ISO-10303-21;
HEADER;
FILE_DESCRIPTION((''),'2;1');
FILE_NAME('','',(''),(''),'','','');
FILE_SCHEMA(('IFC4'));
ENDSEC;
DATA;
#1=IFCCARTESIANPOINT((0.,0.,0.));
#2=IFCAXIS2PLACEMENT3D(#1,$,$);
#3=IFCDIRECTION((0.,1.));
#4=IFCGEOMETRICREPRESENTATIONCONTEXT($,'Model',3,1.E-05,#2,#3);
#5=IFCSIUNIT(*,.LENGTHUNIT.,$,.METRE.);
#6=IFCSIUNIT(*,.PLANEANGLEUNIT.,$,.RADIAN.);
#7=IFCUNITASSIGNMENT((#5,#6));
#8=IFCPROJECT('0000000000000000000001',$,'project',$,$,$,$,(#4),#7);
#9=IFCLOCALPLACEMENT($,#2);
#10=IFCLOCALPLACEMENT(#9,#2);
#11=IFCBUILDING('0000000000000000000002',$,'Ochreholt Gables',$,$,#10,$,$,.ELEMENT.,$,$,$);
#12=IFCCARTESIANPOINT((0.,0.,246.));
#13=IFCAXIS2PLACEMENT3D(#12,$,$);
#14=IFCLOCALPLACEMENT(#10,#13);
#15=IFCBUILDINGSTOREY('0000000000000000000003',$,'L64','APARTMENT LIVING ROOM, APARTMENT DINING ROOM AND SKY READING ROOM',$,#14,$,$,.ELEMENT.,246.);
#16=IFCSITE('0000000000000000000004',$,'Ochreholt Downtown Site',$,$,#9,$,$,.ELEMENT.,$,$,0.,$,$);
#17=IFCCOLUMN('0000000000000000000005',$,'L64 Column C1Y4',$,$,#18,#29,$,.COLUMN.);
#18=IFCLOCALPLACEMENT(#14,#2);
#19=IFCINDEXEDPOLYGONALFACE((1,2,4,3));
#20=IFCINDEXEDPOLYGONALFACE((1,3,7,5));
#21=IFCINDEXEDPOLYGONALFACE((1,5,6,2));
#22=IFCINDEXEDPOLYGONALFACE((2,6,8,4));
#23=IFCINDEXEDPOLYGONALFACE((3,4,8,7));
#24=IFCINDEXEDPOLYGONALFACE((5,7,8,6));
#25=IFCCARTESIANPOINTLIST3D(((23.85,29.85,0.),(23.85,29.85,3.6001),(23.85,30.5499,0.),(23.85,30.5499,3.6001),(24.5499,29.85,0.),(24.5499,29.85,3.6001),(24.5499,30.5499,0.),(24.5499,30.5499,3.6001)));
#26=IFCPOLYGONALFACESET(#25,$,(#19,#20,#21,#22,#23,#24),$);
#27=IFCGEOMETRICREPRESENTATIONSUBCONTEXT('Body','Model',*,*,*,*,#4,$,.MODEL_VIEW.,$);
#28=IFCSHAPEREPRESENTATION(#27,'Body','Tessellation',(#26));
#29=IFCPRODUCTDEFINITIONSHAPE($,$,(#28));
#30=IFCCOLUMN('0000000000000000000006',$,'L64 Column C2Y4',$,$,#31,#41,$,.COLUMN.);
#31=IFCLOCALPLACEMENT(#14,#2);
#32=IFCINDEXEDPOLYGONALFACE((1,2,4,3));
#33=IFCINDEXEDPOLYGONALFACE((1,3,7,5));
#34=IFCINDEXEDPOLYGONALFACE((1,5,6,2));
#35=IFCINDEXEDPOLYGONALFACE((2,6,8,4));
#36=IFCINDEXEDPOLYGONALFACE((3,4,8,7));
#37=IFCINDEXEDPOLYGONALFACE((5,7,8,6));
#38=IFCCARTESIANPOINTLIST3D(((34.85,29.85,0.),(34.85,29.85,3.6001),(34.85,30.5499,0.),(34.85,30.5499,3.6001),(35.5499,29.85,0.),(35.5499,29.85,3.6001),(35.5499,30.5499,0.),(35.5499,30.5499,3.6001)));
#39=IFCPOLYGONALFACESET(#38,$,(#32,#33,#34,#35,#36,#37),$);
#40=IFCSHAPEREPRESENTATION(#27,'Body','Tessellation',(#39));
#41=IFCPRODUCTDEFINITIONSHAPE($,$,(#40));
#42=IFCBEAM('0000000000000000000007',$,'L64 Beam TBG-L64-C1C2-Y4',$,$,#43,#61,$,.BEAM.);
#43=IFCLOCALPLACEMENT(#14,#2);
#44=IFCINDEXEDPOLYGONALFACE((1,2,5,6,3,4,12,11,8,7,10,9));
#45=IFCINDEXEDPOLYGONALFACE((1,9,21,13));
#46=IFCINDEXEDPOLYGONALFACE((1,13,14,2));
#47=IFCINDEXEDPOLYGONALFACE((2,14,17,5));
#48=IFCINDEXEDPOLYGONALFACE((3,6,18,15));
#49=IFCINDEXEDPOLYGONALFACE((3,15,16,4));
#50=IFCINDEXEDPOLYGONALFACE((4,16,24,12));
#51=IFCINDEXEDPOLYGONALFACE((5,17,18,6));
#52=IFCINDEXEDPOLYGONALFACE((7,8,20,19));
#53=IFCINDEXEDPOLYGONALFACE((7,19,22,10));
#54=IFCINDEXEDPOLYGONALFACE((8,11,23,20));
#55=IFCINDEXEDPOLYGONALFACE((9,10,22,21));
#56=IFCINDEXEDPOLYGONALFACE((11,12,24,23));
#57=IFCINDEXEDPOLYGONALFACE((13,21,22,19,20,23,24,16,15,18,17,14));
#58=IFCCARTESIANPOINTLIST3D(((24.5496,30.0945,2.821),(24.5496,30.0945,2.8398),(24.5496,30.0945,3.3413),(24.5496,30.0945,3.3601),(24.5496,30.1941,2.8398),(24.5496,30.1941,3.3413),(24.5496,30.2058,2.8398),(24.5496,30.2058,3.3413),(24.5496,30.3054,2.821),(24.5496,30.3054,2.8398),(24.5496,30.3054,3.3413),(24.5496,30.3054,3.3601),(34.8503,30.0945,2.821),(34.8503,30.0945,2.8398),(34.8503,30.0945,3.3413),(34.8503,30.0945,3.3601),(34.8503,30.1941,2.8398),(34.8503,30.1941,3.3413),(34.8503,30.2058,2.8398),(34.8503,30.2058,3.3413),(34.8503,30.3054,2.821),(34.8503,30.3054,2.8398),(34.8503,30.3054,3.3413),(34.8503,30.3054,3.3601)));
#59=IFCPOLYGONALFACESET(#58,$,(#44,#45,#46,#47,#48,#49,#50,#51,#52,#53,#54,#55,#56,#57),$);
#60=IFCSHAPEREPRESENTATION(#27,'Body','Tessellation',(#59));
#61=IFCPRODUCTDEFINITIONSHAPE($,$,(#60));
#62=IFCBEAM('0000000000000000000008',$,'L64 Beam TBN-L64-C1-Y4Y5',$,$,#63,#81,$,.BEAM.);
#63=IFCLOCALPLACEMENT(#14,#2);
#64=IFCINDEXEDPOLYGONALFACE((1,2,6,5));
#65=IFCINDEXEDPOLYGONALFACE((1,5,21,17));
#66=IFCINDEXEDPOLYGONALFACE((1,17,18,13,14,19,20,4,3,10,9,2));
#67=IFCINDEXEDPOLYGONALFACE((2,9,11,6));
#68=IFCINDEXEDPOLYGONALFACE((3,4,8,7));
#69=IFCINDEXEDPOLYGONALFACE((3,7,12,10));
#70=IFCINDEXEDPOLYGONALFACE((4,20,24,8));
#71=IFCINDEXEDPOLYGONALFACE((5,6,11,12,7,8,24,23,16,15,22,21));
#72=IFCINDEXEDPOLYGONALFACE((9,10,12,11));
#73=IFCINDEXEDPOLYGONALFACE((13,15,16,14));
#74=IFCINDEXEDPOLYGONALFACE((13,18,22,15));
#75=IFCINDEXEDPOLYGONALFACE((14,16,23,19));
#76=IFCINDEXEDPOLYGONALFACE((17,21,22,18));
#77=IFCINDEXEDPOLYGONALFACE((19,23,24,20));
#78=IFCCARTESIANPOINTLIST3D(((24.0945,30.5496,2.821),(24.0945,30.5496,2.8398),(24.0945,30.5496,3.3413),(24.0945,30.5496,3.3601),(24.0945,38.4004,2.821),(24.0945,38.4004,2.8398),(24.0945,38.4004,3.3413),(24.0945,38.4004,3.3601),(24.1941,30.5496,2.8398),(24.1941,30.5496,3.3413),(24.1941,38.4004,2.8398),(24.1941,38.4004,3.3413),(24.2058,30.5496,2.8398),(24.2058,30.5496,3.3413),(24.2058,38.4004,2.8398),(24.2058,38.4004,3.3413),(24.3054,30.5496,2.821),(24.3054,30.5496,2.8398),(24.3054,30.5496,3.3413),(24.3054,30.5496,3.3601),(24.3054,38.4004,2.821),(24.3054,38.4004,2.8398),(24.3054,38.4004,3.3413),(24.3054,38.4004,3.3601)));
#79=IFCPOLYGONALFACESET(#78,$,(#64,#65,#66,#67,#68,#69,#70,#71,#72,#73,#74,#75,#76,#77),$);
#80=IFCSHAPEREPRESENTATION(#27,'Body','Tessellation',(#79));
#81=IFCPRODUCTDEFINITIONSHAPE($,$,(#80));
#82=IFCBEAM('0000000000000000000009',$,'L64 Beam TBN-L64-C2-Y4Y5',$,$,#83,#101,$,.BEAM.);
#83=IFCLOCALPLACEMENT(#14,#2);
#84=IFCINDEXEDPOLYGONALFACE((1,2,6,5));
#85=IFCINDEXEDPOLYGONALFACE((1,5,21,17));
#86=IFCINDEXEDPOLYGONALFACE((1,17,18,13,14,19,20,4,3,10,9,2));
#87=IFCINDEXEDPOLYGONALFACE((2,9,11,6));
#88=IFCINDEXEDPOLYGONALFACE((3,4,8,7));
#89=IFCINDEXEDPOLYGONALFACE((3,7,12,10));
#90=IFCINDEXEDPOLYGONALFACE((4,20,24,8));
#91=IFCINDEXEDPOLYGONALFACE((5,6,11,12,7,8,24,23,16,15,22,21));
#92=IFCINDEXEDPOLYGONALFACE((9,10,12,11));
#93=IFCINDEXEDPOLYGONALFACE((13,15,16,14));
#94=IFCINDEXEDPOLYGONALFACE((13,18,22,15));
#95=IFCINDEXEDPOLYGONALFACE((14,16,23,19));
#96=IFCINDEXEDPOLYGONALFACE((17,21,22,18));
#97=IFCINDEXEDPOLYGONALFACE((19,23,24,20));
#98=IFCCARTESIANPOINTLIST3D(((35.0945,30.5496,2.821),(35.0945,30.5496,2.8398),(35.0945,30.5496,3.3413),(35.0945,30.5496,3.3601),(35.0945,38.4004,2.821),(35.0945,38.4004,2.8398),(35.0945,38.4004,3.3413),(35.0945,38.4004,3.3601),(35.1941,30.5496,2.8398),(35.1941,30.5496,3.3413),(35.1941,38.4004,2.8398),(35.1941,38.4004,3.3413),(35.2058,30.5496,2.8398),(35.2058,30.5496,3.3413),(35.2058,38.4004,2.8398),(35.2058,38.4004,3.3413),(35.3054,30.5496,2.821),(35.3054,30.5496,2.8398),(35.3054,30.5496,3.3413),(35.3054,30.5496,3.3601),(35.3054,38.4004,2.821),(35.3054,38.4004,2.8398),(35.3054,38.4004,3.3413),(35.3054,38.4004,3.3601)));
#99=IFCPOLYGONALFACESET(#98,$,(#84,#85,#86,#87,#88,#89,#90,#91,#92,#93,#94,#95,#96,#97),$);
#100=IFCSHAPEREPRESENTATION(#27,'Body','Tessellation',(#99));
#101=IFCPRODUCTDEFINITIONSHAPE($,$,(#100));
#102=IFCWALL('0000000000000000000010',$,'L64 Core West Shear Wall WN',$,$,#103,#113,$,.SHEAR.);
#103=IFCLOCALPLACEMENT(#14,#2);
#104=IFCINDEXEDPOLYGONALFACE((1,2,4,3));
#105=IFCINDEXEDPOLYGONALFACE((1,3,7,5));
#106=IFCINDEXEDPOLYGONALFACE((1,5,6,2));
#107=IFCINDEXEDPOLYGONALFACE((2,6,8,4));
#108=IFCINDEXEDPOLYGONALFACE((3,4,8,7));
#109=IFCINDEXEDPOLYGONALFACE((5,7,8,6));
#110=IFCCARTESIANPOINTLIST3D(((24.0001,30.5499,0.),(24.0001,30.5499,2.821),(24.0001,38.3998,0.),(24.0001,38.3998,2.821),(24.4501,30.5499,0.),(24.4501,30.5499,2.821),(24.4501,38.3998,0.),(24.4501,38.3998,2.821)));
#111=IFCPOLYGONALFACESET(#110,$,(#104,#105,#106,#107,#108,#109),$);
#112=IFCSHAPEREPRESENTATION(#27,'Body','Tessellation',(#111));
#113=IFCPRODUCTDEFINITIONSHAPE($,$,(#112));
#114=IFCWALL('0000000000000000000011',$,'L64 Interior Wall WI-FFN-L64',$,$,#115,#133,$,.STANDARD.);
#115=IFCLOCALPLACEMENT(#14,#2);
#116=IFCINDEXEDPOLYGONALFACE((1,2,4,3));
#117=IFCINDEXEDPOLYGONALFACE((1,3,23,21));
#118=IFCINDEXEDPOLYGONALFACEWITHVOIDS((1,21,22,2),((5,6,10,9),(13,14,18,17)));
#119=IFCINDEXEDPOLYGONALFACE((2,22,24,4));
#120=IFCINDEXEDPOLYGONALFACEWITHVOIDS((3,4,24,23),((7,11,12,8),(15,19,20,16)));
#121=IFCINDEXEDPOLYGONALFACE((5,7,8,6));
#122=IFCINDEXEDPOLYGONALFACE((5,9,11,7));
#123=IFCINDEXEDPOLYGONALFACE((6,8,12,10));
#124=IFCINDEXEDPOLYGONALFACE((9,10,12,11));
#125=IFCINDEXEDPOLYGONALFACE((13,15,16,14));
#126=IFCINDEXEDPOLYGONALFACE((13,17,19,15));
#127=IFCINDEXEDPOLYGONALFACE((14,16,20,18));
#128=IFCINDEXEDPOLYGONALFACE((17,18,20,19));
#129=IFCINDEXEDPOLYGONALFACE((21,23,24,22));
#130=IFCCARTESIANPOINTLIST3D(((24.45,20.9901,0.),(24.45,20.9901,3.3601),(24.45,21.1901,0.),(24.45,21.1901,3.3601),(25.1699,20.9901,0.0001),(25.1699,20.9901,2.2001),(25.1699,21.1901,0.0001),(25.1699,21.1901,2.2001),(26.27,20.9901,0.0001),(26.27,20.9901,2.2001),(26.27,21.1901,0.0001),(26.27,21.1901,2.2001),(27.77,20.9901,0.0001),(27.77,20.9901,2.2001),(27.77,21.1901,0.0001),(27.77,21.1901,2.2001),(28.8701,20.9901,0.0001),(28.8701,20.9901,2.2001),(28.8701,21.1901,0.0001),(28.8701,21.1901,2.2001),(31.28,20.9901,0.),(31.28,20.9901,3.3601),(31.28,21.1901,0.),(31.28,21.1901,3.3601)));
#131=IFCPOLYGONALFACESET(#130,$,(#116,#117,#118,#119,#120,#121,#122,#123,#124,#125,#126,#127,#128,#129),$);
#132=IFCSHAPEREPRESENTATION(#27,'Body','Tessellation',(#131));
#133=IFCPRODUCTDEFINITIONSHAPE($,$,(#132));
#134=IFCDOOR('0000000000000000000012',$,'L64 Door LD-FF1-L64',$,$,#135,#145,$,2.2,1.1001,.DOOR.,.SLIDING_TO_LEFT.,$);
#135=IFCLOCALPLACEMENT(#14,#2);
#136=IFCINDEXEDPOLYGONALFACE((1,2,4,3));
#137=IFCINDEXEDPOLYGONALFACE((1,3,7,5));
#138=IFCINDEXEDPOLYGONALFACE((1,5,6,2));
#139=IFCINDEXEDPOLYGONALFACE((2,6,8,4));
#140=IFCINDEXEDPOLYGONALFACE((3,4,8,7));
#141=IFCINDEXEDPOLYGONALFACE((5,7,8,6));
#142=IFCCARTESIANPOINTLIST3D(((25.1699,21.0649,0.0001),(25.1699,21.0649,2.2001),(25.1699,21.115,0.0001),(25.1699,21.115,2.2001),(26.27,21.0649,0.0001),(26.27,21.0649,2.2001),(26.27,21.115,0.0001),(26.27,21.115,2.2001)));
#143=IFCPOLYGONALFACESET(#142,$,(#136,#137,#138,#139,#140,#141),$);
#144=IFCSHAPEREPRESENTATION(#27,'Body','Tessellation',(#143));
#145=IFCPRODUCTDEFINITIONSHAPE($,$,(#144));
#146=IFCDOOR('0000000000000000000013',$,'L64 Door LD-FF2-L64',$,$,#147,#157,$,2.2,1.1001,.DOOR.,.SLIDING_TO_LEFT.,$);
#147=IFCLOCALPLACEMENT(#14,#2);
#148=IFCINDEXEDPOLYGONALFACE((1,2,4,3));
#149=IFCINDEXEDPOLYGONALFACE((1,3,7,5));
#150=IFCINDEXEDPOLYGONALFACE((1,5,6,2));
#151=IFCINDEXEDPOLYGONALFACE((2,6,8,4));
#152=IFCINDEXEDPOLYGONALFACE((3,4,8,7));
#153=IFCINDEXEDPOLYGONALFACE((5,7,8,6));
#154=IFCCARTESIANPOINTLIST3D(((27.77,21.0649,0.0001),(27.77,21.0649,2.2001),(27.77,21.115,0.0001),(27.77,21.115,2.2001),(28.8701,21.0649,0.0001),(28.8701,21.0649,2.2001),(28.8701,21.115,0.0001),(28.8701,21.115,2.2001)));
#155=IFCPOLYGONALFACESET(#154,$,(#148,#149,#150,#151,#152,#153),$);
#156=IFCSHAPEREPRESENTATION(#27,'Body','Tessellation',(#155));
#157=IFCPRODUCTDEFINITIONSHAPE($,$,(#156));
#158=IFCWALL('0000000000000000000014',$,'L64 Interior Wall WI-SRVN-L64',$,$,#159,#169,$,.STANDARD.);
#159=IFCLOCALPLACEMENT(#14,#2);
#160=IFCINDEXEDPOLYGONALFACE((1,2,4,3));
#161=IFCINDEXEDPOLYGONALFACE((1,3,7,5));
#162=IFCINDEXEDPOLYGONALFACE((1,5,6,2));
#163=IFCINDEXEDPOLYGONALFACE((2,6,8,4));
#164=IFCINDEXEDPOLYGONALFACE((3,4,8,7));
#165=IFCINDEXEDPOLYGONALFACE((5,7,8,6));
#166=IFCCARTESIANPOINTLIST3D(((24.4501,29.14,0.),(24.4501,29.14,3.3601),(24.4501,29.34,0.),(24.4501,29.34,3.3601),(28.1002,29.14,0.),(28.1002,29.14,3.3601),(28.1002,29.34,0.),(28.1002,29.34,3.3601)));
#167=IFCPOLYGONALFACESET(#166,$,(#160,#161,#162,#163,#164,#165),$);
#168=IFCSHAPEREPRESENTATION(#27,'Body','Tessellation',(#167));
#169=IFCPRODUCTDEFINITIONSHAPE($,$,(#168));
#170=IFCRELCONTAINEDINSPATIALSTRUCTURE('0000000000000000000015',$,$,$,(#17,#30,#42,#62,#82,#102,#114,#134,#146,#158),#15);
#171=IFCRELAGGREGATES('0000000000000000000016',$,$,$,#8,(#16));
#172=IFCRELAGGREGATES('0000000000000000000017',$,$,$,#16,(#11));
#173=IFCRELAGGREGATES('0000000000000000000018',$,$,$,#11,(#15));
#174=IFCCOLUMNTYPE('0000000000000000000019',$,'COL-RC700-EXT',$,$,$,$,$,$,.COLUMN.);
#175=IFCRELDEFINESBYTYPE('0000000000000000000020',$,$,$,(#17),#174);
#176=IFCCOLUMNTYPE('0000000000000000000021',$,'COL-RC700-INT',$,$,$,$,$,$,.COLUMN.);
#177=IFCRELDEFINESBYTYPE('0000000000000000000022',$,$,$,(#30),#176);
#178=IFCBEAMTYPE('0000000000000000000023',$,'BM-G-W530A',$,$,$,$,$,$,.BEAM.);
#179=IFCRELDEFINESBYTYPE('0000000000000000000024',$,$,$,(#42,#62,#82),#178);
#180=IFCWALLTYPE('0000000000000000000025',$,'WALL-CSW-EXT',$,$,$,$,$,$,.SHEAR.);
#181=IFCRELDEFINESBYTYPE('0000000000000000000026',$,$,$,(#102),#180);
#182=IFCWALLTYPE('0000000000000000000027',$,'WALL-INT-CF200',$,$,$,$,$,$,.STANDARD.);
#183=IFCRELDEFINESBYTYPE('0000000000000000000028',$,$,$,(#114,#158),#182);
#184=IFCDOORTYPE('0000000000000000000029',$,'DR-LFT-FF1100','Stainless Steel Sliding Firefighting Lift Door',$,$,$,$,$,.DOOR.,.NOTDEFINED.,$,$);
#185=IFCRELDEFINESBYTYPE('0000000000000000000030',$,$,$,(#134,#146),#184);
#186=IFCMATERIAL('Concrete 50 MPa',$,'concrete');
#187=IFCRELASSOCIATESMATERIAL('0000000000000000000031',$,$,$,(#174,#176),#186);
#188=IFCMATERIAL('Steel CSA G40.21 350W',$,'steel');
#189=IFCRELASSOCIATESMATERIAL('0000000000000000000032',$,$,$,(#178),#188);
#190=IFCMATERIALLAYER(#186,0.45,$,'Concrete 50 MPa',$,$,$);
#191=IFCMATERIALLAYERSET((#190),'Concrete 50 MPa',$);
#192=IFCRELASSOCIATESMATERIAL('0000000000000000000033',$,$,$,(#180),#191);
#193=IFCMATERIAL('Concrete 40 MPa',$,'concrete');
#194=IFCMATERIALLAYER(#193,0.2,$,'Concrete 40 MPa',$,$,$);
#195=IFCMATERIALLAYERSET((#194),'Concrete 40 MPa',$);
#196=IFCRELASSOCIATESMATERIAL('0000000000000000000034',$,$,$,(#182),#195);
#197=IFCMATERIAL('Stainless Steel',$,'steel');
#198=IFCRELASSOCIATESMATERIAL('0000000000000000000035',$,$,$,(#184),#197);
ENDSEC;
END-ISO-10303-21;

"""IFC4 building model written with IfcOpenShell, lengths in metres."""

from ifc_helpers import new_model, si_unit, direction, frame, frame_2d, origin, origin_2d, place, context, subcontext, project, spatial, rectangle, i_section, extrude, material, layer, layer_set, material_profile, profile_set, type_object, element, fill, save


model = new_model("IFC4")

# Units and contexts
model_context = context("Model", 3, precision=1e-05, world=origin(), true_north=direction((0.0, 1.0)))
body_context = subcontext(model_context, "Body", "Model", "MODEL_VIEW")
ifc_project = project(units=[si_unit("LENGTHUNIT", "METRE"), si_unit("PLANEANGLEUNIT", "RADIAN")], contexts=[model_context])

# Site, building, storey
site_placement = place(None, origin())
site = spatial("IfcSite", under=ifc_project, at=site_placement, Name="Ochreholt Downtown Site", CompositionType="ELEMENT", RefElevation=0.0)
building_placement = place(site_placement, origin())
building = spatial("IfcBuilding", under=site, at=building_placement, Name="Ochreholt Gables", CompositionType="ELEMENT")
storey_placement = place(building_placement, frame((0.0, 0.0, 246.0)))
storey = spatial("IfcBuildingStorey", under=building, at=storey_placement, Name="L64", Description="APARTMENT LIVING ROOM, APARTMENT DINING ROOM AND SKY READING ROOM", CompositionType="ELEMENT", Elevation=246.0)

# Columns
ifc_material_1 = material(Name="Concrete 50 MPa", Category="concrete")
ifc_material_profile_1 = material_profile(ifc_material_1, rectangle(XDim=0.7, YDim=0.7, at=origin_2d()), Name="RC700X700")
ifc_profile_set_1 = profile_set([ifc_material_profile_1], Name="Concrete 50 MPa")
column_type_1 = type_object("IfcColumnType", Name="COL-RC700-EXT", PredefinedType="COLUMN", material=ifc_profile_set_1)
column_1_placement = place(storey_placement, frame((24.2, 30.2, 0.0), z_axis=(0.0, 0.0, 1.0), x_axis=(1.0, 0.0, 0.0)))
element("IfcColumn", 1, at=column_1_placement, inside=storey, type_object=column_type_1, Name="L64 Column C1Y4", PredefinedType="COLUMN", context=body_context, shape_type="SweptSolid", body=[
    extrude(rectangle(XDim=0.7, YDim=0.7, at=origin_2d()), origin(), (0.0, 0.0, 1.0), 3.6001),
])
ifc_material_profile_2 = material_profile(ifc_material_1, rectangle(XDim=0.7, YDim=0.7, at=origin_2d()), Name="RC700X700")
ifc_profile_set_2 = profile_set([ifc_material_profile_2], Name="Concrete 50 MPa")
column_type_2 = type_object("IfcColumnType", Name="COL-RC700-INT", PredefinedType="COLUMN", material=ifc_profile_set_2)
column_2_placement = place(storey_placement, frame((35.2, 30.2, 0.0), z_axis=(0.0, 0.0, 1.0), x_axis=(1.0, 0.0, 0.0)))
element("IfcColumn", 2, at=column_2_placement, inside=storey, type_object=column_type_2, Name="L64 Column C2Y4", PredefinedType="COLUMN", context=body_context, shape_type="SweptSolid", body=[
    extrude(rectangle(XDim=0.7, YDim=0.7, at=origin_2d()), origin(), (0.0, 0.0, 1.0), 3.6001),
])

# Beams
ifc_material_2 = material(Name="Steel CSA G40.21 350W", Category="steel")
ifc_material_profile_3 = material_profile(ifc_material_2, i_section(OverallWidth=0.2109, OverallDepth=0.5391, WebThickness=0.0117, FlangeThickness=0.0188, at=origin_2d()), Name="W530X109")
ifc_profile_set_3 = profile_set([ifc_material_profile_3], Name="Steel CSA G40.21 350W")
beam_type = type_object("IfcBeamType", Name="BM-G-W530A", PredefinedType="BEAM", material=ifc_profile_set_3)
beam_placement = place(storey_placement, frame((24.5496, 30.2, 3.0906), z_axis=(1.0, 0.0, 0.0), x_axis=(0.0, 1.0, 0.0)))
element("IfcBeam", 3, at=beam_placement, inside=storey, type_object=beam_type, Name="L64 Beam TBG-L64-C1C2-Y4", PredefinedType="BEAM", context=body_context, shape_type="SweptSolid", body=[
    extrude(i_section(OverallWidth=0.2109, OverallDepth=0.5391, WebThickness=0.0117, FlangeThickness=0.0188, at=origin_2d()), origin(), (0.0, 0.0, 1.0), 10.3008),
])
for number, where, z_axis, x_axis, name in (
    (4, (24.2, 30.5496, 3.0906), (0.0, 1.0, 0.0), (-1.0, 0.0, 0.0), "L64 Beam TBN-L64-C1-Y4Y5"),
    (5, (35.2, 30.5496, 3.0906), (0.0, 1.0, 0.0), (-1.0, 0.0, 0.0), "L64 Beam TBN-L64-C2-Y4Y5"),
):
    element("IfcBeam", number, at=place(storey_placement, frame(where, z_axis=z_axis, x_axis=x_axis)), inside=storey, type_object=beam_type, Name=name, PredefinedType="BEAM", context=body_context, shape_type="SweptSolid", body=[
        extrude(i_section(OverallWidth=0.2109, OverallDepth=0.5391, WebThickness=0.0117, FlangeThickness=0.0188, at=origin_2d()), origin(), (0.0, 0.0, 1.0), 7.8508),
    ])

# Wall
ifc_layer_1 = layer(ifc_material_1, 0.45, Name="Concrete 50 MPa")
ifc_layer_set_1 = layer_set([ifc_layer_1], Name="Concrete 50 MPa")
wall_type_1 = type_object("IfcWallType", Name="WALL-CSW-EXT", PredefinedType="SHEAR", material=ifc_layer_set_1)
wall_1_placement = place(storey_placement, frame((24.2251, 30.55, 0.0), z_axis=(0.0, 0.0, 1.0), x_axis=(0.0, 1.0, 0.0)))
element("IfcWall", 6, at=wall_1_placement, inside=storey, type_object=wall_type_1, Name="L64 Core West Shear Wall WN", PredefinedType="SHEAR", context=body_context, shape_type="SweptSolid", body=[
    extrude(rectangle(XDim=7.8499, YDim=0.45, at=frame_2d((3.9248, 0.0))), origin(), (0.0, 0.0, 1.0), 2.821),
])

# Wall, openings, doors
ifc_material_3 = material(Name="Concrete 40 MPa", Category="concrete")
ifc_layer_2 = layer(ifc_material_3, 0.2, Name="Concrete 40 MPa")
ifc_layer_set_2 = layer_set([ifc_layer_2], Name="Concrete 40 MPa")
wall_type_2 = type_object("IfcWallType", Name="WALL-INT-CF200", PredefinedType="STANDARD", material=ifc_layer_set_2)
wall_2_placement = place(storey_placement, frame((24.45, 21.0901, 0.0), z_axis=(0.0, 0.0, 1.0), x_axis=(1.0, 0.0, 0.0)))
wall_2 = element("IfcWall", 7, at=wall_2_placement, inside=storey, type_object=wall_type_2, Name="L64 Interior Wall WI-FFN-L64", PredefinedType="STANDARD", context=body_context, shape_type="SweptSolid", body=[
    extrude(rectangle(XDim=6.8301, YDim=0.2, at=frame_2d((3.415, 0.0))), origin(), (0.0, 0.0, 1.0), 3.3601),
])
opening_1_placement = place(wall_2_placement, frame((0.72, 0.0, 0.0)))
opening_1 = element("IfcOpeningElement", 8, at=opening_1_placement, cuts=wall_2, PredefinedType="OPENING", context=body_context, shape_type="SweptSolid", body=[
    extrude(rectangle(XDim=1.1001, YDim=2.2, at=frame_2d((0.55, 1.1001))), frame((0.0, 0.1099, 0.0), z_axis=(0.0, -1.0, 0.0), x_axis=(1.0, 0.0, 0.0)), (0.0, 0.0, 1.0), 0.22),
])
opening_2_placement = place(wall_2_placement, frame((3.3201, 0.0, 0.0)))
opening_2 = element("IfcOpeningElement", 9, at=opening_2_placement, cuts=wall_2, PredefinedType="OPENING", context=body_context, shape_type="SweptSolid", body=[
    extrude(rectangle(XDim=1.1001, YDim=2.2, at=frame_2d((0.55, 1.1001))), frame((0.0, 0.1099, 0.0), z_axis=(0.0, -1.0, 0.0), x_axis=(1.0, 0.0, 0.0)), (0.0, 0.0, 1.0), 0.22),
])
ifc_material_4 = material(Name="Stainless Steel", Category="steel")
door_type_1 = type_object("IfcDoorType", Name="DR-LFT-FF1100", Description="Stainless Steel Sliding Firefighting Lift Door", OperationType="NOTDEFINED", PredefinedType="DOOR", material=ifc_material_4)
door_1_placement = place(opening_1_placement, origin())
door_1 = element("IfcDoor", 10, at=door_1_placement, inside=storey, type_object=door_type_1, Name="L64 Door LD-FF1-L64", OperationType="SLIDING_TO_LEFT", OverallHeight=2.2, OverallWidth=1.1001, PredefinedType="DOOR", context=body_context, shape_type="SweptSolid", body=[
    extrude(rectangle(XDim=1.1001, YDim=2.2, at=frame_2d((0.55, 1.1001))), frame((0.0, 0.0249, 0.0), z_axis=(0.0, -1.0, 0.0), x_axis=(1.0, 0.0, 0.0)), (0.0, 0.0, 1.0), 0.05),
])
fill(opening_1, door_1)
door_2_placement = place(opening_2_placement, origin())
door_2 = element("IfcDoor", 11, at=door_2_placement, inside=storey, type_object=door_type_1, Name="L64 Door LD-FF2-L64", OperationType="SLIDING_TO_LEFT", OverallHeight=2.2, OverallWidth=1.1001, PredefinedType="DOOR", context=body_context, shape_type="SweptSolid", body=[
    extrude(rectangle(XDim=1.1001, YDim=2.2, at=frame_2d((0.55, 1.1001))), frame((0.0, 0.0249, 0.0), z_axis=(0.0, -1.0, 0.0), x_axis=(1.0, 0.0, 0.0)), (0.0, 0.0, 1.0), 0.05),
])
fill(opening_2, door_2)

# Wall
wall_3_placement = place(storey_placement, frame((24.45, 29.24, 0.0), z_axis=(0.0, 0.0, 1.0), x_axis=(1.0, 0.0, 0.0)))
element("IfcWall", 12, at=wall_3_placement, inside=storey, type_object=wall_type_2, Name="L64 Interior Wall WI-SRVN-L64", PredefinedType="STANDARD", context=body_context, shape_type="SweptSolid", body=[
    extrude(rectangle(XDim=3.6501, YDim=0.2, at=frame_2d((1.8252, 0.0))), origin(), (0.0, 0.0, 1.0), 3.3601),
])

save(model, "model.ifc")
